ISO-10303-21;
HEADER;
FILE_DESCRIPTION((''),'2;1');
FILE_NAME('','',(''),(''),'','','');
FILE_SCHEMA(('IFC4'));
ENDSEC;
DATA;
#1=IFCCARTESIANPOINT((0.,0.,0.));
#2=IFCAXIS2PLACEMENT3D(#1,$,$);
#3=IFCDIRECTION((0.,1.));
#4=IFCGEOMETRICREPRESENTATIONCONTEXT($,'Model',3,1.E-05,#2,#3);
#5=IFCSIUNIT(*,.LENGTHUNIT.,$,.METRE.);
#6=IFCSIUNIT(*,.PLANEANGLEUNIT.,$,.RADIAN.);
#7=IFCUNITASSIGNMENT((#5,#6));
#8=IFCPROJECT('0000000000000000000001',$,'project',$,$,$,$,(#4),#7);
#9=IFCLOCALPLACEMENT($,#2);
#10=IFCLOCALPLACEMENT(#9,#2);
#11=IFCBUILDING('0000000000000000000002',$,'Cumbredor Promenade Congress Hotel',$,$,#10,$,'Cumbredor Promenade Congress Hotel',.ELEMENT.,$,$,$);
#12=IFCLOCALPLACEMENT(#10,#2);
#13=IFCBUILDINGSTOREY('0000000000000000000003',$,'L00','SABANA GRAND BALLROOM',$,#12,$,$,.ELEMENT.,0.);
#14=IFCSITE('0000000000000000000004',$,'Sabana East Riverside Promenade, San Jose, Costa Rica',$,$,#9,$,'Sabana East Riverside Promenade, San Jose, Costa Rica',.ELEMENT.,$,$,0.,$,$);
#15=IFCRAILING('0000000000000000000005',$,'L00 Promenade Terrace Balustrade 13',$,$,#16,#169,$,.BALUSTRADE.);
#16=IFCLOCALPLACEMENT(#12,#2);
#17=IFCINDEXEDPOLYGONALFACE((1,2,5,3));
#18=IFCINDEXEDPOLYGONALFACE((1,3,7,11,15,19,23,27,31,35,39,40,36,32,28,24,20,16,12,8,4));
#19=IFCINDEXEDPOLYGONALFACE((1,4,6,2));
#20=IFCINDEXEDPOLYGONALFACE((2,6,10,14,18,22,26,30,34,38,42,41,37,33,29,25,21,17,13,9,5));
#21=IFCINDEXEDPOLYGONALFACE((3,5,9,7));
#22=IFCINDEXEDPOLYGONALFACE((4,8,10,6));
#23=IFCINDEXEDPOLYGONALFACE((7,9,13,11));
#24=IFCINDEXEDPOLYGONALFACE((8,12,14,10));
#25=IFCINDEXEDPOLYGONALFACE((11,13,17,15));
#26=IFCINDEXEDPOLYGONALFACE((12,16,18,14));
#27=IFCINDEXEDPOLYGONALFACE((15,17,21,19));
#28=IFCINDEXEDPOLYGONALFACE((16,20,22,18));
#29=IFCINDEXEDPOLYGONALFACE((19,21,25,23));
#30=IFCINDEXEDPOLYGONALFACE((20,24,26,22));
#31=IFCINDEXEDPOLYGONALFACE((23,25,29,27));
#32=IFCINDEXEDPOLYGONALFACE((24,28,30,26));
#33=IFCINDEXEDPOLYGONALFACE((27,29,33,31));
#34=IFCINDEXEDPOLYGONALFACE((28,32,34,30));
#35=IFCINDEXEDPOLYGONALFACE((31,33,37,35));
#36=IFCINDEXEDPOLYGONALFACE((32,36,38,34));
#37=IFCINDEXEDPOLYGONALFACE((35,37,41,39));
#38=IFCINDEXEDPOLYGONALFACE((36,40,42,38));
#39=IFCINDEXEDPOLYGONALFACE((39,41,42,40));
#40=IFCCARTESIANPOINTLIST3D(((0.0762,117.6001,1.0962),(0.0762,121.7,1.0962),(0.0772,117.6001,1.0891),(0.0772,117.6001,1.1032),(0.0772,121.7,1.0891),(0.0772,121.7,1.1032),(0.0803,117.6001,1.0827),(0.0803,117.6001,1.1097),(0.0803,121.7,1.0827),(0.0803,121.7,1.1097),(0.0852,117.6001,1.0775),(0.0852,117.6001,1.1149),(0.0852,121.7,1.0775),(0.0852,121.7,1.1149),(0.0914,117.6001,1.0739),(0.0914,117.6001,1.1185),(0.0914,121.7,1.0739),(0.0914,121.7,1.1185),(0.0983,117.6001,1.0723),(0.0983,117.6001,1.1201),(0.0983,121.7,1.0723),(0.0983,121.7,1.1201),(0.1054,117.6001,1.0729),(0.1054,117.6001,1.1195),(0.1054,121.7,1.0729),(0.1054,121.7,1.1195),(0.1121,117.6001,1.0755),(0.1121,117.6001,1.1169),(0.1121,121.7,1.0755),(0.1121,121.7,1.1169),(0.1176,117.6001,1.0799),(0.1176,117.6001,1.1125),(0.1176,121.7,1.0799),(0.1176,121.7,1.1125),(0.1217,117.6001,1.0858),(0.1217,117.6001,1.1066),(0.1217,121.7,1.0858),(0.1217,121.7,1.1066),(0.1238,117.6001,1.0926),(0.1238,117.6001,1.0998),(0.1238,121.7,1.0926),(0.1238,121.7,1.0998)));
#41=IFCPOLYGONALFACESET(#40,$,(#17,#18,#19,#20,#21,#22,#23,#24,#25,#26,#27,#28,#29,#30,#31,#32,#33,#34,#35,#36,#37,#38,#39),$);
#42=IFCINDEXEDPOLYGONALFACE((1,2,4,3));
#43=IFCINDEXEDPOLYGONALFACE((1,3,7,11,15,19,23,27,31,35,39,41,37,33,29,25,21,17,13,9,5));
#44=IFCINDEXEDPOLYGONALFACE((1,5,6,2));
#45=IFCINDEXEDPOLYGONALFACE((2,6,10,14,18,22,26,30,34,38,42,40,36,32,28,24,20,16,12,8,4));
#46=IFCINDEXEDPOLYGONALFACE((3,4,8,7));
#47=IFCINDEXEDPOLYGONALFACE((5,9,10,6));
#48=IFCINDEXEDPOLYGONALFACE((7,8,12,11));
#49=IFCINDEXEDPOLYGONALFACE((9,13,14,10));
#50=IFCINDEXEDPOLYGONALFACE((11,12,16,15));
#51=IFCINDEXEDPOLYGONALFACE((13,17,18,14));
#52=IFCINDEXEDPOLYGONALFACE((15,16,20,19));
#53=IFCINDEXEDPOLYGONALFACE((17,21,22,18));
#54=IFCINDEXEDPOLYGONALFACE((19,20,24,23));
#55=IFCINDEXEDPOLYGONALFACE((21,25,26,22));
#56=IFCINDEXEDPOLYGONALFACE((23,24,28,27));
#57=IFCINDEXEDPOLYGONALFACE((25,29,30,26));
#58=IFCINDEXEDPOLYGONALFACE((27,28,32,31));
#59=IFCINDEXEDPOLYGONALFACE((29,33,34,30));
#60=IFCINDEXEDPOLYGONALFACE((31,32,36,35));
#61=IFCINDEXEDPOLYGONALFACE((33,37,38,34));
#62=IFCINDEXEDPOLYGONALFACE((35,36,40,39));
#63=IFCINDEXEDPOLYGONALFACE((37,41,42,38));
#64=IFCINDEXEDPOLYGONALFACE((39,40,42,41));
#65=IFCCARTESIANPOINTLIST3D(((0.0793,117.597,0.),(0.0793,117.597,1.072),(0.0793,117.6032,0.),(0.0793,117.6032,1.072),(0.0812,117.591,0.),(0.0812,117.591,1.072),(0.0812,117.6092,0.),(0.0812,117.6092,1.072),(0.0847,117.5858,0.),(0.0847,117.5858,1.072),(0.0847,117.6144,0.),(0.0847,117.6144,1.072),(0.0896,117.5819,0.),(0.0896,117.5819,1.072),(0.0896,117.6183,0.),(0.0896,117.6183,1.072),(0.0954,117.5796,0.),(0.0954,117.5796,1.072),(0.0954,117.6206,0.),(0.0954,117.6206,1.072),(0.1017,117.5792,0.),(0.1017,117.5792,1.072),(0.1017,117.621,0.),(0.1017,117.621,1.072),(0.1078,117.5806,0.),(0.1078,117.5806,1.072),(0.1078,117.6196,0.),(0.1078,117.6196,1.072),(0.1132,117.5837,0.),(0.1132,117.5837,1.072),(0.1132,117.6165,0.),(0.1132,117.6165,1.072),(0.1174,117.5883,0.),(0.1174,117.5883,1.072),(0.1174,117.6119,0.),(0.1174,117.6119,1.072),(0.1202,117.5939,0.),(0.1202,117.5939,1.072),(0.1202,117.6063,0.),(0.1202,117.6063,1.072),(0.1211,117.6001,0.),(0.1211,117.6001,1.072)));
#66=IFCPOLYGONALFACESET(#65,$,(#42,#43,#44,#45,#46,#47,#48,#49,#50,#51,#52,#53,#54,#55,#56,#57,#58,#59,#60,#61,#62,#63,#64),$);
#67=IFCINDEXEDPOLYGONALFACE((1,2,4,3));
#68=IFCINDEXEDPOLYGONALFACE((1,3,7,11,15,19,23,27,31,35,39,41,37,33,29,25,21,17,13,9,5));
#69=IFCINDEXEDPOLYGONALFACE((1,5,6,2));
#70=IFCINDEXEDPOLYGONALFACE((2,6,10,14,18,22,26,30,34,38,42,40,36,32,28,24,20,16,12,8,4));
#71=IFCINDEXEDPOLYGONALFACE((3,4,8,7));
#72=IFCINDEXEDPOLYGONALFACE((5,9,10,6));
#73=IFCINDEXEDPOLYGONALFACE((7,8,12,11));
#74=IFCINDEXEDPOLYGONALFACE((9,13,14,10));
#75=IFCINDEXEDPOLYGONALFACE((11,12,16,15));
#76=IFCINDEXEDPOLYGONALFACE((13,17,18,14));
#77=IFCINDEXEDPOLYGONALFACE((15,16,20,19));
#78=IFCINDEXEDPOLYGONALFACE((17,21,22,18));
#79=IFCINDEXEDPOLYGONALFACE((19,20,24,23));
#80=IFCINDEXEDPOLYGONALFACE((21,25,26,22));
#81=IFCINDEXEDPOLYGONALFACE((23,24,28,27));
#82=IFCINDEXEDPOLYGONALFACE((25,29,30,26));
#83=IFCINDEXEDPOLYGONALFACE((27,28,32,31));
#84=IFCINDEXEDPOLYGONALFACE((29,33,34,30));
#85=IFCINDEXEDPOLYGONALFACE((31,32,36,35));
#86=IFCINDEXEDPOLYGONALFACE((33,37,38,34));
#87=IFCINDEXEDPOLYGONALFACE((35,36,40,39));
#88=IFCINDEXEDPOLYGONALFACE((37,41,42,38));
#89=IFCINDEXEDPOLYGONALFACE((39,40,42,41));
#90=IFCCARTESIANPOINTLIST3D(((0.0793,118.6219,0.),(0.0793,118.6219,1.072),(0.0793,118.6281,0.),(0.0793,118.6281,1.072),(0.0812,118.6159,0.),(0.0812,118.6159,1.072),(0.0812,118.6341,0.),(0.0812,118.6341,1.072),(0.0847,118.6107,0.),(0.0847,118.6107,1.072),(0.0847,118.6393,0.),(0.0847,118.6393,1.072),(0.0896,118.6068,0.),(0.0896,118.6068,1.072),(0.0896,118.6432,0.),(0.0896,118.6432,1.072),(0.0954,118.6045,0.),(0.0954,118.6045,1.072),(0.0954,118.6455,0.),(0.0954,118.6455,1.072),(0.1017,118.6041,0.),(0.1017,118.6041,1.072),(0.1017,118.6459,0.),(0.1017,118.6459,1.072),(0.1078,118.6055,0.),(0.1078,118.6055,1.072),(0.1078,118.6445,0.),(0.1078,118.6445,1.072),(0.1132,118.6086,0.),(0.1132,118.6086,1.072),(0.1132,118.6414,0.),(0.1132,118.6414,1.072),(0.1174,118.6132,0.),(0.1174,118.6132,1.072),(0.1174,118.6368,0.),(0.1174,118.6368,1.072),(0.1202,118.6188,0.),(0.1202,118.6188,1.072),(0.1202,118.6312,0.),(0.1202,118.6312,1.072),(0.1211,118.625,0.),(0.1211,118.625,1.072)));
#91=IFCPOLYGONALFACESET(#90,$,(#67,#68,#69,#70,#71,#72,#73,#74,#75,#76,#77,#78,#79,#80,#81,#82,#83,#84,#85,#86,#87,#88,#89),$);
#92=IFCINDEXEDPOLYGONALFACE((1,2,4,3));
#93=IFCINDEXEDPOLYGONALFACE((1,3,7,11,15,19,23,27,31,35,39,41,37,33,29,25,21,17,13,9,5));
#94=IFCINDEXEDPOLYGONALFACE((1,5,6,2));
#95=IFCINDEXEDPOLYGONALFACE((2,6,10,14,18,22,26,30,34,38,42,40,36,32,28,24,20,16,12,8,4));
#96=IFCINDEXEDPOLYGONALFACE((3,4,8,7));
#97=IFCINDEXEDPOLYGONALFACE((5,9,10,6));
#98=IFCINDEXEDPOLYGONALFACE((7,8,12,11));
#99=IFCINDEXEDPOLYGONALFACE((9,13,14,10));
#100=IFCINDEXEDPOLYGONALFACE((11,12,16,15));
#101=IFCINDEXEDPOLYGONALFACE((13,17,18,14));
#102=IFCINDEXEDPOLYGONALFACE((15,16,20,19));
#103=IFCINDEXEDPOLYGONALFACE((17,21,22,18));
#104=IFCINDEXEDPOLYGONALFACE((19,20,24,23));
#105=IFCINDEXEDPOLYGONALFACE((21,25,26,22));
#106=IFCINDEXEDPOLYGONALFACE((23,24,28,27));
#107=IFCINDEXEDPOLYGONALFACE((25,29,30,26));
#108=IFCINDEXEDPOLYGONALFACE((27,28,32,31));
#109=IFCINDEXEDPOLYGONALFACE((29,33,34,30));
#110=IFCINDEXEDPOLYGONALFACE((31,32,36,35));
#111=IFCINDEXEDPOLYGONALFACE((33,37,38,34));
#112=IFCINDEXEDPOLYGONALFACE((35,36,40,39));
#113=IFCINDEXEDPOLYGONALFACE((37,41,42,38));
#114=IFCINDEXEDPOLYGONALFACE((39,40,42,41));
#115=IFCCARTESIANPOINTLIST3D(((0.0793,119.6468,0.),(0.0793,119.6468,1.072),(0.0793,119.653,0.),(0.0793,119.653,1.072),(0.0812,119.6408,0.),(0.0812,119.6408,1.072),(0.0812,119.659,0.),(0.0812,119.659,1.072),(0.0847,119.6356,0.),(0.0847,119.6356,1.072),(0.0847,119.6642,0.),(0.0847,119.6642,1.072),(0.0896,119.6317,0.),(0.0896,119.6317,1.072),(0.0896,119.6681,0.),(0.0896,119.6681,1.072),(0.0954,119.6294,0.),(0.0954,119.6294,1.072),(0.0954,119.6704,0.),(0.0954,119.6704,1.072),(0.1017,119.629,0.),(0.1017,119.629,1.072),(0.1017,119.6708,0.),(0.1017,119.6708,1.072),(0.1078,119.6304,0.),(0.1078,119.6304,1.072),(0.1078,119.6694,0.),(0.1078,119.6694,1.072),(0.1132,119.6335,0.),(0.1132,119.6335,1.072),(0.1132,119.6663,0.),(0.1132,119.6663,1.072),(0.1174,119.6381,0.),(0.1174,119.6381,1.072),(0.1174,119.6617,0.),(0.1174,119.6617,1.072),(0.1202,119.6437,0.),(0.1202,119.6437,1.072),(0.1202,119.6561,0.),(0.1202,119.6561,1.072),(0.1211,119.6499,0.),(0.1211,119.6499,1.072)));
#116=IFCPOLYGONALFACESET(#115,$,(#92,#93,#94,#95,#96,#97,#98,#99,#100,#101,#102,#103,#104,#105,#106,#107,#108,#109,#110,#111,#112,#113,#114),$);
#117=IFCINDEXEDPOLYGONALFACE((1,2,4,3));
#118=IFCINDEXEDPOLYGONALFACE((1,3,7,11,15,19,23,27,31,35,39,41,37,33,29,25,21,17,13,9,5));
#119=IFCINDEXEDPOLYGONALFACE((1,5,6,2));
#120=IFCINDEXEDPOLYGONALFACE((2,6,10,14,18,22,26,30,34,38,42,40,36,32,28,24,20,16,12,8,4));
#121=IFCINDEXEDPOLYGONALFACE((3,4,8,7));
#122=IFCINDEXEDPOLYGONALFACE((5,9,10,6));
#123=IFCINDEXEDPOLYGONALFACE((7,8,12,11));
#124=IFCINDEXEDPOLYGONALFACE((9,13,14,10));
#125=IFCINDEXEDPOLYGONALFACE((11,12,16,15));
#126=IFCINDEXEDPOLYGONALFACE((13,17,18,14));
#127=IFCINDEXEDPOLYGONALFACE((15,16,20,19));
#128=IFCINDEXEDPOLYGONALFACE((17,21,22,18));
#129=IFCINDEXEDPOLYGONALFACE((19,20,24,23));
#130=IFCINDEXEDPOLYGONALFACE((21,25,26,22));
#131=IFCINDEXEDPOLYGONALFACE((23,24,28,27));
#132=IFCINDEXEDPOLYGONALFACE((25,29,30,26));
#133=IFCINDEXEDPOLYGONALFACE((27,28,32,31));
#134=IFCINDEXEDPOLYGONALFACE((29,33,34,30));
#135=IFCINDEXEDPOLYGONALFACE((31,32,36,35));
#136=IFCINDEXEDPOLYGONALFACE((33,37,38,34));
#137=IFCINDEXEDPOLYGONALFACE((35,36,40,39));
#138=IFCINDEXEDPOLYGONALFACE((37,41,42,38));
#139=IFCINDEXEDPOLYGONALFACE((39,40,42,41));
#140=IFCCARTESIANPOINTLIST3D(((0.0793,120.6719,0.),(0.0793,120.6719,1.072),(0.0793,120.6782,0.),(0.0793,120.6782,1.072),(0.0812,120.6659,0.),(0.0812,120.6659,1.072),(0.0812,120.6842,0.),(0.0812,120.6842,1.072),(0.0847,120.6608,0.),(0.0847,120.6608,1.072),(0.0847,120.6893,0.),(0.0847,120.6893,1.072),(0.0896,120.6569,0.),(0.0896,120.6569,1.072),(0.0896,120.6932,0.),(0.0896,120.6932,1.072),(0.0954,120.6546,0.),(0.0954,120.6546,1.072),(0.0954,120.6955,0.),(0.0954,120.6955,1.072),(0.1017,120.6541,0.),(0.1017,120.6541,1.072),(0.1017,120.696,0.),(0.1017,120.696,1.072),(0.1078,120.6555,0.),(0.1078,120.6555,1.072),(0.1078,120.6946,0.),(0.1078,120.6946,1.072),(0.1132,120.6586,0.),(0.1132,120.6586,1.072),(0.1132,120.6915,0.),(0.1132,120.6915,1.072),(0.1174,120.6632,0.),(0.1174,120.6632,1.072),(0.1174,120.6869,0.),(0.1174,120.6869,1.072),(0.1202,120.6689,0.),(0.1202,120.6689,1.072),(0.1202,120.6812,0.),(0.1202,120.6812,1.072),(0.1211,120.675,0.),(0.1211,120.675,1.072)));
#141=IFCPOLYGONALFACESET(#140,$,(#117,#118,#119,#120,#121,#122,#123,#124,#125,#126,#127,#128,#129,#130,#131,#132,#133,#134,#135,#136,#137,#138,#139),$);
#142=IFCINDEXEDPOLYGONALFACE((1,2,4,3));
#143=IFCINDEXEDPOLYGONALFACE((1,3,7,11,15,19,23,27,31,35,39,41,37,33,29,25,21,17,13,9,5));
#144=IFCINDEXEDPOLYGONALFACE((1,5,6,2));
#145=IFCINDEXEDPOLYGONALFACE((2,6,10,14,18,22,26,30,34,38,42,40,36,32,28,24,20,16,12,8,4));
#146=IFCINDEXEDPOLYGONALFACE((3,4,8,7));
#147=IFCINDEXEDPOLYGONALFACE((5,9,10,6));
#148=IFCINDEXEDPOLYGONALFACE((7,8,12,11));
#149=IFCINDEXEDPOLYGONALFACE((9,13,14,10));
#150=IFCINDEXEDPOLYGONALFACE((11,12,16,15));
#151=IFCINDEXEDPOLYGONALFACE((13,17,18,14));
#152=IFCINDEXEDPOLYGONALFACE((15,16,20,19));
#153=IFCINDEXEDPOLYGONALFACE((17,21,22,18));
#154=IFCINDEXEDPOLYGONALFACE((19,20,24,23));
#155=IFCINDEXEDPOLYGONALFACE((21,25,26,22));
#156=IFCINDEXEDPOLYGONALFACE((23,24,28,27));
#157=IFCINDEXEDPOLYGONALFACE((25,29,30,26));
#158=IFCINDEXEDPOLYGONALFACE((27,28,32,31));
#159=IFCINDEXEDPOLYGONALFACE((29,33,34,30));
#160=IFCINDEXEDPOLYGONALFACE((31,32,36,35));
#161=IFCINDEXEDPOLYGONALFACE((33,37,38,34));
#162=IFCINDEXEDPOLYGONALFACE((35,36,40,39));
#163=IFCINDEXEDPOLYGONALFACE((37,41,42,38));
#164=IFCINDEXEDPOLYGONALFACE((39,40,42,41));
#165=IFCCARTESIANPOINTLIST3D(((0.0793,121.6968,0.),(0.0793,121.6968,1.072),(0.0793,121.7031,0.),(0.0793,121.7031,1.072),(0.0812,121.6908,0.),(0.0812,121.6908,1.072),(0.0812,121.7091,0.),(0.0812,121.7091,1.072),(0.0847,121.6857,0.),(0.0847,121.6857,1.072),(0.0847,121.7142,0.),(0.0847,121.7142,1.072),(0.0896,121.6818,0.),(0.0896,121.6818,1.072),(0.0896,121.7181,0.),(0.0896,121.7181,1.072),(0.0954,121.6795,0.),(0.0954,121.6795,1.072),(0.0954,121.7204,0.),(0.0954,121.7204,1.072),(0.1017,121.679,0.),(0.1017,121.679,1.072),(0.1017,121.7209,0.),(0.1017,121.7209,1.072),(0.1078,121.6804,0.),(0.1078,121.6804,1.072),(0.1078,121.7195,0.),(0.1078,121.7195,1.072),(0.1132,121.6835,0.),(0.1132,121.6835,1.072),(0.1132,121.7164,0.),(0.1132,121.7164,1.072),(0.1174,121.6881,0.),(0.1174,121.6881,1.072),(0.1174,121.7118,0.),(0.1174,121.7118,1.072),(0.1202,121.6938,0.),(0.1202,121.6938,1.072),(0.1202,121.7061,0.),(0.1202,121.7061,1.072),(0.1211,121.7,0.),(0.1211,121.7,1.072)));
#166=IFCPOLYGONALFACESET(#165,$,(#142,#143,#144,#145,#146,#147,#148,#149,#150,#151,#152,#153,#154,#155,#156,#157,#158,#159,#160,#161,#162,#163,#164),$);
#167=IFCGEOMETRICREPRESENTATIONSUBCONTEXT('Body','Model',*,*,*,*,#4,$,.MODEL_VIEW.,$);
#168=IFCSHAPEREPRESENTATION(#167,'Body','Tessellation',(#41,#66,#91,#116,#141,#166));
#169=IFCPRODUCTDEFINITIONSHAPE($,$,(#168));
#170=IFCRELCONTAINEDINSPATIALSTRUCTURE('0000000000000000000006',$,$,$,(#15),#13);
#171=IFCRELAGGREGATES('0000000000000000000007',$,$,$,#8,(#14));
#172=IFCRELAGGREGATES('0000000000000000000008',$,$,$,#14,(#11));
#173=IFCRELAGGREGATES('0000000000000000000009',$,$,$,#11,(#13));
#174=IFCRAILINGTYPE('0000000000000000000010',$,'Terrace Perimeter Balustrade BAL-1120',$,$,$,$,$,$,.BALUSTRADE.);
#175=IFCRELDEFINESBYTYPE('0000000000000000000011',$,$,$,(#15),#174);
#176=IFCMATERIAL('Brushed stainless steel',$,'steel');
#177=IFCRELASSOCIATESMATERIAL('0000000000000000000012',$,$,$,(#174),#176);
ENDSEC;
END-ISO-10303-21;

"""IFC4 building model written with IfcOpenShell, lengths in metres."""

from ifc_helpers import new_model, si_unit, direction, frame, origin, origin_2d, place, context, subcontext, project, spatial, circle, extrude, material, type_object, element, save


model = new_model("IFC4")

# Units and contexts
model_context = context("Model", 3, precision=1e-05, world=origin(), true_north=direction((0.0, 1.0)))
body_context = subcontext(model_context, "Body", "Model", "MODEL_VIEW")
ifc_project = project(units=[si_unit("LENGTHUNIT", "METRE"), si_unit("PLANEANGLEUNIT", "RADIAN")], contexts=[model_context])

# Site, building, storey
site_placement = place(None, origin())
site = spatial("IfcSite", under=ifc_project, at=site_placement, Name="Sabana East Riverside Promenade, San Jose, Costa Rica", LongName="Sabana East Riverside Promenade, San Jose, Costa Rica", CompositionType="ELEMENT", RefElevation=0.0)
building_placement = place(site_placement, origin())
building = spatial("IfcBuilding", under=site, at=building_placement, Name="Cumbredor Promenade Congress Hotel", LongName="Cumbredor Promenade Congress Hotel", CompositionType="ELEMENT")
storey_placement = place(building_placement, origin())
storey = spatial("IfcBuildingStorey", under=building, at=storey_placement, Name="L00", Description="SABANA GRAND BALLROOM", CompositionType="ELEMENT", Elevation=0.0)

# Railing
ifc_material_1 = material(Name="Brushed stainless steel", Category="steel")
railing_type = type_object("IfcRailingType", Name="Terrace Perimeter Balustrade BAL-1120", PredefinedType="BALUSTRADE", material=ifc_material_1)
railing_1_placement = place(storey_placement, frame((0.1001, 117.6001, 0.0)))
element("IfcRailing", 1, at=railing_1_placement, inside=storey, type_object=railing_type, Name="L00 Promenade Terrace Balustrade 13", PredefinedType="BALUSTRADE", context=body_context, shape_type="SweptSolid", body=[
    extrude(circle(Radius=0.0239, at=origin_2d()), frame((0.0, 0.0, 1.0962), z_axis=(0.0, 1.0, 0.0), x_axis=(-1.0, 0.0, 0.0)), (0.0, 0.0, 1.0), 4.0999),
    extrude(circle(Radius=0.021, at=origin_2d()), origin(), (0.0, 0.0, 1.0), 1.072),
    extrude(circle(Radius=0.021, at=origin_2d()), frame((0.0, 1.0249, 0.0)), (0.0, 0.0, 1.0), 1.072),
    extrude(circle(Radius=0.021, at=origin_2d()), frame((0.0, 2.0498, 0.0)), (0.0, 0.0, 1.0), 1.072),
    extrude(circle(Radius=0.021, at=origin_2d()), frame((0.0, 3.075, 0.0)), (0.0, 0.0, 1.0), 1.072),
    extrude(circle(Radius=0.021, at=origin_2d()), frame((0.0, 4.0999, 0.0)), (0.0, 0.0, 1.0), 1.072),
])

save(model, "model.ifc")
